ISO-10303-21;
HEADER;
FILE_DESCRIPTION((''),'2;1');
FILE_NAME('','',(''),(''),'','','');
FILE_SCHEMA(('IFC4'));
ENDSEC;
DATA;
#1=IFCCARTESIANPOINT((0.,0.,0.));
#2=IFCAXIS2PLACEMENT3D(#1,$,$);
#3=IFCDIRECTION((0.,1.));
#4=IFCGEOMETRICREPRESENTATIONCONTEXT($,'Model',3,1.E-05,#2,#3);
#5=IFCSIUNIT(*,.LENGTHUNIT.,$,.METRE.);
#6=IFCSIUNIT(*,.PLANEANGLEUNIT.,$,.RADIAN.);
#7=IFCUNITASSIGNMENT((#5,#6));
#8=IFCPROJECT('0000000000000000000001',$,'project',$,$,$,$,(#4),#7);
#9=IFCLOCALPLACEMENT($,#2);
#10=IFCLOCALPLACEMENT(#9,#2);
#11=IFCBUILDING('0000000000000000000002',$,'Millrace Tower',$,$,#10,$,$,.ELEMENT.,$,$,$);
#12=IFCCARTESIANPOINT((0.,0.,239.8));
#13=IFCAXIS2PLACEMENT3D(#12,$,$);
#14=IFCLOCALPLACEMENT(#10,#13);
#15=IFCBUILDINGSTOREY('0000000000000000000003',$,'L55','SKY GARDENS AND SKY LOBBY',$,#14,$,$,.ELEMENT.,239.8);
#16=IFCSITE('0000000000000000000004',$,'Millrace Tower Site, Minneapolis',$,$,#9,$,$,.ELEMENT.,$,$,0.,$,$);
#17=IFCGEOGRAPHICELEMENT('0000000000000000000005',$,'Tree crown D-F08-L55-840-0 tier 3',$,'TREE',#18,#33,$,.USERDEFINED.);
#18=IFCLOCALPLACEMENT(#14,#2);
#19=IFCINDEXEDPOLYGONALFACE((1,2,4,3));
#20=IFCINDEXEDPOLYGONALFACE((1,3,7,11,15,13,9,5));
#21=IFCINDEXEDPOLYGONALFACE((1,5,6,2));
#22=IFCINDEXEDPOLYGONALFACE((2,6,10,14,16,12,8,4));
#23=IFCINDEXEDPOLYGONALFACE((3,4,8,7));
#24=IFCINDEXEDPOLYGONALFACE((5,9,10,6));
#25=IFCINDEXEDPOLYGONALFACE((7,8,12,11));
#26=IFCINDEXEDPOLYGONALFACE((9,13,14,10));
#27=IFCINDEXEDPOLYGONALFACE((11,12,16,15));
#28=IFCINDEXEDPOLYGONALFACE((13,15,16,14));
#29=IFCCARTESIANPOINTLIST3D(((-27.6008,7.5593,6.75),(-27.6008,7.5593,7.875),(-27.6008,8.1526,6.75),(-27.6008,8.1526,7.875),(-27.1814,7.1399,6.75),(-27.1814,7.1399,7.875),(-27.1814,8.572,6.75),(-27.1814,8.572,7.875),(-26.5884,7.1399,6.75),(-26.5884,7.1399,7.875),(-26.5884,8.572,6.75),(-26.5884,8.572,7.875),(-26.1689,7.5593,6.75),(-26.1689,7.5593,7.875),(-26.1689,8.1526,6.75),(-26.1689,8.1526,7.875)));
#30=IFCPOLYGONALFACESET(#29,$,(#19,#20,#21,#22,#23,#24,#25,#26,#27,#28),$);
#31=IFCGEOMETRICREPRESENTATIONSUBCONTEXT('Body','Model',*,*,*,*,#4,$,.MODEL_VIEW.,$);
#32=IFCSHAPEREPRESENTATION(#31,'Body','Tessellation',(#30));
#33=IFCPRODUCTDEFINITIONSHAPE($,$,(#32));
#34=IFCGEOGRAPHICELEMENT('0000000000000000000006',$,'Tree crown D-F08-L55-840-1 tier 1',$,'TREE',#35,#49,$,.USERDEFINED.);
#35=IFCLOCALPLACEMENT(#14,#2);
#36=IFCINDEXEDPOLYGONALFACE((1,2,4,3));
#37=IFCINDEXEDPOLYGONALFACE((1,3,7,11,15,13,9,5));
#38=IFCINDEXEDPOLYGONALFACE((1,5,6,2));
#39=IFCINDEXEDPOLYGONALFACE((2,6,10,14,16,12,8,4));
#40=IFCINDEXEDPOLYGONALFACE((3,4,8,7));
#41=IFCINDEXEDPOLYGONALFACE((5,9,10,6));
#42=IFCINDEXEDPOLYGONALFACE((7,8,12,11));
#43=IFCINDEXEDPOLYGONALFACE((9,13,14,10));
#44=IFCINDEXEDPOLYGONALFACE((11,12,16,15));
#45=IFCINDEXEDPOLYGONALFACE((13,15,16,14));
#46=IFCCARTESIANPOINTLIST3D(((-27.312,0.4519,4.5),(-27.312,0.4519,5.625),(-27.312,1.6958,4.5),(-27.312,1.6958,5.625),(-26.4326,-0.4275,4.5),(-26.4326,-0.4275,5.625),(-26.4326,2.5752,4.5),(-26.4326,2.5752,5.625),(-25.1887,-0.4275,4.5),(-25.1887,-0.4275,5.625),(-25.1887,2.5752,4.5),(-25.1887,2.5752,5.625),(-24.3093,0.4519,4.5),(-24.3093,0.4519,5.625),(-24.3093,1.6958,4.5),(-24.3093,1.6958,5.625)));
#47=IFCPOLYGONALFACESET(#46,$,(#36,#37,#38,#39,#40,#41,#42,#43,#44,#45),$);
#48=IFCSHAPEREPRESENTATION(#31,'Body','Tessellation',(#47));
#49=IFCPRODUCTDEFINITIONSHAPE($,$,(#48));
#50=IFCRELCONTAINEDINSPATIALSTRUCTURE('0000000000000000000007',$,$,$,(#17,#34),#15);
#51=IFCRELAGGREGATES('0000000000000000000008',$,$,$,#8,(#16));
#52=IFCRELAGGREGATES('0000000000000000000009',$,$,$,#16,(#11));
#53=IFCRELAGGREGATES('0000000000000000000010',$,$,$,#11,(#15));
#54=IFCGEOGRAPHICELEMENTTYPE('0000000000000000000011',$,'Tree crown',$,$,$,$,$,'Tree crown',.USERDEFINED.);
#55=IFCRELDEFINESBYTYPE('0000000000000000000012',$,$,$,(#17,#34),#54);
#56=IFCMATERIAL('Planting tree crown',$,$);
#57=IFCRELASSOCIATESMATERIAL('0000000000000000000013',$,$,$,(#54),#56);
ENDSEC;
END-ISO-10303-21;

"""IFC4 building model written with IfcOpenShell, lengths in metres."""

from ifc_helpers import new_model, si_unit, direction, frame, origin, place, context, subcontext, project, spatial, polyline, outline, extrude, material, type_object, element, save


model = new_model("IFC4")

# Units and contexts
model_context = context("Model", 3, precision=1e-05, world=origin(), true_north=direction((0.0, 1.0)))
body_context = subcontext(model_context, "Body", "Model", "MODEL_VIEW")
ifc_project = project(units=[si_unit("LENGTHUNIT", "METRE"), si_unit("PLANEANGLEUNIT", "RADIAN")], contexts=[model_context])

# Site, building, storey
site_placement = place(None, origin())
site = spatial("IfcSite", under=ifc_project, at=site_placement, Name="Millrace Tower Site, Minneapolis", CompositionType="ELEMENT", RefElevation=0.0)
building_placement = place(site_placement, origin())
building = spatial("IfcBuilding", under=site, at=building_placement, Name="Millrace Tower", CompositionType="ELEMENT")
storey_placement = place(building_placement, frame((0.0, 0.0, 239.8)))
storey = spatial("IfcBuildingStorey", under=building, at=storey_placement, Name="L55", Description="SKY GARDENS AND SKY LOBBY", CompositionType="ELEMENT", Elevation=239.8)

# Geographic elements
ifc_material_1 = material(Name="Planting tree crown")
geographic_element_type = type_object("IfcGeographicElementType", Name="Tree crown", ElementType="Tree crown", PredefinedType="USERDEFINED", material=ifc_material_1)
placement_1 = place(storey_placement, frame((0.0, 0.0, 4.5)))
placement_2 = place(storey_placement, frame((0.0, 0.0, 6.75)))
element("IfcGeographicElement", 1, at=placement_2, inside=storey, type_object=geographic_element_type, Name="Tree crown D-F08-L55-840-0 tier 3", ObjectType="TREE", PredefinedType="USERDEFINED", context=body_context, shape_type="SweptSolid", body=[
    extrude(outline(polyline([(-26.1689, 8.1526), (-26.5884, 8.572), (-27.1814, 8.572), (-27.6008, 8.1526), (-27.6008, 7.5593), (-27.1814, 7.1399), (-26.5884, 7.1399), (-26.1689, 7.5593), (-26.1689, 8.1526)])), origin(), (0.0, 0.0, 1.0), 1.125),
])
element("IfcGeographicElement", 2, at=placement_1, inside=storey, type_object=geographic_element_type, Name="Tree crown D-F08-L55-840-1 tier 1", ObjectType="TREE", PredefinedType="USERDEFINED", context=body_context, shape_type="SweptSolid", body=[
    extrude(outline(polyline([(-24.3093, 1.6958), (-25.1887, 2.5752), (-26.4326, 2.5752), (-27.312, 1.6958), (-27.312, 0.4519), (-26.4326, -0.4275), (-25.1887, -0.4275), (-24.3093, 0.4519), (-24.3093, 1.6958)])), origin(), (0.0, 0.0, 1.0), 1.125),
])

save(model, "model.ifc")
